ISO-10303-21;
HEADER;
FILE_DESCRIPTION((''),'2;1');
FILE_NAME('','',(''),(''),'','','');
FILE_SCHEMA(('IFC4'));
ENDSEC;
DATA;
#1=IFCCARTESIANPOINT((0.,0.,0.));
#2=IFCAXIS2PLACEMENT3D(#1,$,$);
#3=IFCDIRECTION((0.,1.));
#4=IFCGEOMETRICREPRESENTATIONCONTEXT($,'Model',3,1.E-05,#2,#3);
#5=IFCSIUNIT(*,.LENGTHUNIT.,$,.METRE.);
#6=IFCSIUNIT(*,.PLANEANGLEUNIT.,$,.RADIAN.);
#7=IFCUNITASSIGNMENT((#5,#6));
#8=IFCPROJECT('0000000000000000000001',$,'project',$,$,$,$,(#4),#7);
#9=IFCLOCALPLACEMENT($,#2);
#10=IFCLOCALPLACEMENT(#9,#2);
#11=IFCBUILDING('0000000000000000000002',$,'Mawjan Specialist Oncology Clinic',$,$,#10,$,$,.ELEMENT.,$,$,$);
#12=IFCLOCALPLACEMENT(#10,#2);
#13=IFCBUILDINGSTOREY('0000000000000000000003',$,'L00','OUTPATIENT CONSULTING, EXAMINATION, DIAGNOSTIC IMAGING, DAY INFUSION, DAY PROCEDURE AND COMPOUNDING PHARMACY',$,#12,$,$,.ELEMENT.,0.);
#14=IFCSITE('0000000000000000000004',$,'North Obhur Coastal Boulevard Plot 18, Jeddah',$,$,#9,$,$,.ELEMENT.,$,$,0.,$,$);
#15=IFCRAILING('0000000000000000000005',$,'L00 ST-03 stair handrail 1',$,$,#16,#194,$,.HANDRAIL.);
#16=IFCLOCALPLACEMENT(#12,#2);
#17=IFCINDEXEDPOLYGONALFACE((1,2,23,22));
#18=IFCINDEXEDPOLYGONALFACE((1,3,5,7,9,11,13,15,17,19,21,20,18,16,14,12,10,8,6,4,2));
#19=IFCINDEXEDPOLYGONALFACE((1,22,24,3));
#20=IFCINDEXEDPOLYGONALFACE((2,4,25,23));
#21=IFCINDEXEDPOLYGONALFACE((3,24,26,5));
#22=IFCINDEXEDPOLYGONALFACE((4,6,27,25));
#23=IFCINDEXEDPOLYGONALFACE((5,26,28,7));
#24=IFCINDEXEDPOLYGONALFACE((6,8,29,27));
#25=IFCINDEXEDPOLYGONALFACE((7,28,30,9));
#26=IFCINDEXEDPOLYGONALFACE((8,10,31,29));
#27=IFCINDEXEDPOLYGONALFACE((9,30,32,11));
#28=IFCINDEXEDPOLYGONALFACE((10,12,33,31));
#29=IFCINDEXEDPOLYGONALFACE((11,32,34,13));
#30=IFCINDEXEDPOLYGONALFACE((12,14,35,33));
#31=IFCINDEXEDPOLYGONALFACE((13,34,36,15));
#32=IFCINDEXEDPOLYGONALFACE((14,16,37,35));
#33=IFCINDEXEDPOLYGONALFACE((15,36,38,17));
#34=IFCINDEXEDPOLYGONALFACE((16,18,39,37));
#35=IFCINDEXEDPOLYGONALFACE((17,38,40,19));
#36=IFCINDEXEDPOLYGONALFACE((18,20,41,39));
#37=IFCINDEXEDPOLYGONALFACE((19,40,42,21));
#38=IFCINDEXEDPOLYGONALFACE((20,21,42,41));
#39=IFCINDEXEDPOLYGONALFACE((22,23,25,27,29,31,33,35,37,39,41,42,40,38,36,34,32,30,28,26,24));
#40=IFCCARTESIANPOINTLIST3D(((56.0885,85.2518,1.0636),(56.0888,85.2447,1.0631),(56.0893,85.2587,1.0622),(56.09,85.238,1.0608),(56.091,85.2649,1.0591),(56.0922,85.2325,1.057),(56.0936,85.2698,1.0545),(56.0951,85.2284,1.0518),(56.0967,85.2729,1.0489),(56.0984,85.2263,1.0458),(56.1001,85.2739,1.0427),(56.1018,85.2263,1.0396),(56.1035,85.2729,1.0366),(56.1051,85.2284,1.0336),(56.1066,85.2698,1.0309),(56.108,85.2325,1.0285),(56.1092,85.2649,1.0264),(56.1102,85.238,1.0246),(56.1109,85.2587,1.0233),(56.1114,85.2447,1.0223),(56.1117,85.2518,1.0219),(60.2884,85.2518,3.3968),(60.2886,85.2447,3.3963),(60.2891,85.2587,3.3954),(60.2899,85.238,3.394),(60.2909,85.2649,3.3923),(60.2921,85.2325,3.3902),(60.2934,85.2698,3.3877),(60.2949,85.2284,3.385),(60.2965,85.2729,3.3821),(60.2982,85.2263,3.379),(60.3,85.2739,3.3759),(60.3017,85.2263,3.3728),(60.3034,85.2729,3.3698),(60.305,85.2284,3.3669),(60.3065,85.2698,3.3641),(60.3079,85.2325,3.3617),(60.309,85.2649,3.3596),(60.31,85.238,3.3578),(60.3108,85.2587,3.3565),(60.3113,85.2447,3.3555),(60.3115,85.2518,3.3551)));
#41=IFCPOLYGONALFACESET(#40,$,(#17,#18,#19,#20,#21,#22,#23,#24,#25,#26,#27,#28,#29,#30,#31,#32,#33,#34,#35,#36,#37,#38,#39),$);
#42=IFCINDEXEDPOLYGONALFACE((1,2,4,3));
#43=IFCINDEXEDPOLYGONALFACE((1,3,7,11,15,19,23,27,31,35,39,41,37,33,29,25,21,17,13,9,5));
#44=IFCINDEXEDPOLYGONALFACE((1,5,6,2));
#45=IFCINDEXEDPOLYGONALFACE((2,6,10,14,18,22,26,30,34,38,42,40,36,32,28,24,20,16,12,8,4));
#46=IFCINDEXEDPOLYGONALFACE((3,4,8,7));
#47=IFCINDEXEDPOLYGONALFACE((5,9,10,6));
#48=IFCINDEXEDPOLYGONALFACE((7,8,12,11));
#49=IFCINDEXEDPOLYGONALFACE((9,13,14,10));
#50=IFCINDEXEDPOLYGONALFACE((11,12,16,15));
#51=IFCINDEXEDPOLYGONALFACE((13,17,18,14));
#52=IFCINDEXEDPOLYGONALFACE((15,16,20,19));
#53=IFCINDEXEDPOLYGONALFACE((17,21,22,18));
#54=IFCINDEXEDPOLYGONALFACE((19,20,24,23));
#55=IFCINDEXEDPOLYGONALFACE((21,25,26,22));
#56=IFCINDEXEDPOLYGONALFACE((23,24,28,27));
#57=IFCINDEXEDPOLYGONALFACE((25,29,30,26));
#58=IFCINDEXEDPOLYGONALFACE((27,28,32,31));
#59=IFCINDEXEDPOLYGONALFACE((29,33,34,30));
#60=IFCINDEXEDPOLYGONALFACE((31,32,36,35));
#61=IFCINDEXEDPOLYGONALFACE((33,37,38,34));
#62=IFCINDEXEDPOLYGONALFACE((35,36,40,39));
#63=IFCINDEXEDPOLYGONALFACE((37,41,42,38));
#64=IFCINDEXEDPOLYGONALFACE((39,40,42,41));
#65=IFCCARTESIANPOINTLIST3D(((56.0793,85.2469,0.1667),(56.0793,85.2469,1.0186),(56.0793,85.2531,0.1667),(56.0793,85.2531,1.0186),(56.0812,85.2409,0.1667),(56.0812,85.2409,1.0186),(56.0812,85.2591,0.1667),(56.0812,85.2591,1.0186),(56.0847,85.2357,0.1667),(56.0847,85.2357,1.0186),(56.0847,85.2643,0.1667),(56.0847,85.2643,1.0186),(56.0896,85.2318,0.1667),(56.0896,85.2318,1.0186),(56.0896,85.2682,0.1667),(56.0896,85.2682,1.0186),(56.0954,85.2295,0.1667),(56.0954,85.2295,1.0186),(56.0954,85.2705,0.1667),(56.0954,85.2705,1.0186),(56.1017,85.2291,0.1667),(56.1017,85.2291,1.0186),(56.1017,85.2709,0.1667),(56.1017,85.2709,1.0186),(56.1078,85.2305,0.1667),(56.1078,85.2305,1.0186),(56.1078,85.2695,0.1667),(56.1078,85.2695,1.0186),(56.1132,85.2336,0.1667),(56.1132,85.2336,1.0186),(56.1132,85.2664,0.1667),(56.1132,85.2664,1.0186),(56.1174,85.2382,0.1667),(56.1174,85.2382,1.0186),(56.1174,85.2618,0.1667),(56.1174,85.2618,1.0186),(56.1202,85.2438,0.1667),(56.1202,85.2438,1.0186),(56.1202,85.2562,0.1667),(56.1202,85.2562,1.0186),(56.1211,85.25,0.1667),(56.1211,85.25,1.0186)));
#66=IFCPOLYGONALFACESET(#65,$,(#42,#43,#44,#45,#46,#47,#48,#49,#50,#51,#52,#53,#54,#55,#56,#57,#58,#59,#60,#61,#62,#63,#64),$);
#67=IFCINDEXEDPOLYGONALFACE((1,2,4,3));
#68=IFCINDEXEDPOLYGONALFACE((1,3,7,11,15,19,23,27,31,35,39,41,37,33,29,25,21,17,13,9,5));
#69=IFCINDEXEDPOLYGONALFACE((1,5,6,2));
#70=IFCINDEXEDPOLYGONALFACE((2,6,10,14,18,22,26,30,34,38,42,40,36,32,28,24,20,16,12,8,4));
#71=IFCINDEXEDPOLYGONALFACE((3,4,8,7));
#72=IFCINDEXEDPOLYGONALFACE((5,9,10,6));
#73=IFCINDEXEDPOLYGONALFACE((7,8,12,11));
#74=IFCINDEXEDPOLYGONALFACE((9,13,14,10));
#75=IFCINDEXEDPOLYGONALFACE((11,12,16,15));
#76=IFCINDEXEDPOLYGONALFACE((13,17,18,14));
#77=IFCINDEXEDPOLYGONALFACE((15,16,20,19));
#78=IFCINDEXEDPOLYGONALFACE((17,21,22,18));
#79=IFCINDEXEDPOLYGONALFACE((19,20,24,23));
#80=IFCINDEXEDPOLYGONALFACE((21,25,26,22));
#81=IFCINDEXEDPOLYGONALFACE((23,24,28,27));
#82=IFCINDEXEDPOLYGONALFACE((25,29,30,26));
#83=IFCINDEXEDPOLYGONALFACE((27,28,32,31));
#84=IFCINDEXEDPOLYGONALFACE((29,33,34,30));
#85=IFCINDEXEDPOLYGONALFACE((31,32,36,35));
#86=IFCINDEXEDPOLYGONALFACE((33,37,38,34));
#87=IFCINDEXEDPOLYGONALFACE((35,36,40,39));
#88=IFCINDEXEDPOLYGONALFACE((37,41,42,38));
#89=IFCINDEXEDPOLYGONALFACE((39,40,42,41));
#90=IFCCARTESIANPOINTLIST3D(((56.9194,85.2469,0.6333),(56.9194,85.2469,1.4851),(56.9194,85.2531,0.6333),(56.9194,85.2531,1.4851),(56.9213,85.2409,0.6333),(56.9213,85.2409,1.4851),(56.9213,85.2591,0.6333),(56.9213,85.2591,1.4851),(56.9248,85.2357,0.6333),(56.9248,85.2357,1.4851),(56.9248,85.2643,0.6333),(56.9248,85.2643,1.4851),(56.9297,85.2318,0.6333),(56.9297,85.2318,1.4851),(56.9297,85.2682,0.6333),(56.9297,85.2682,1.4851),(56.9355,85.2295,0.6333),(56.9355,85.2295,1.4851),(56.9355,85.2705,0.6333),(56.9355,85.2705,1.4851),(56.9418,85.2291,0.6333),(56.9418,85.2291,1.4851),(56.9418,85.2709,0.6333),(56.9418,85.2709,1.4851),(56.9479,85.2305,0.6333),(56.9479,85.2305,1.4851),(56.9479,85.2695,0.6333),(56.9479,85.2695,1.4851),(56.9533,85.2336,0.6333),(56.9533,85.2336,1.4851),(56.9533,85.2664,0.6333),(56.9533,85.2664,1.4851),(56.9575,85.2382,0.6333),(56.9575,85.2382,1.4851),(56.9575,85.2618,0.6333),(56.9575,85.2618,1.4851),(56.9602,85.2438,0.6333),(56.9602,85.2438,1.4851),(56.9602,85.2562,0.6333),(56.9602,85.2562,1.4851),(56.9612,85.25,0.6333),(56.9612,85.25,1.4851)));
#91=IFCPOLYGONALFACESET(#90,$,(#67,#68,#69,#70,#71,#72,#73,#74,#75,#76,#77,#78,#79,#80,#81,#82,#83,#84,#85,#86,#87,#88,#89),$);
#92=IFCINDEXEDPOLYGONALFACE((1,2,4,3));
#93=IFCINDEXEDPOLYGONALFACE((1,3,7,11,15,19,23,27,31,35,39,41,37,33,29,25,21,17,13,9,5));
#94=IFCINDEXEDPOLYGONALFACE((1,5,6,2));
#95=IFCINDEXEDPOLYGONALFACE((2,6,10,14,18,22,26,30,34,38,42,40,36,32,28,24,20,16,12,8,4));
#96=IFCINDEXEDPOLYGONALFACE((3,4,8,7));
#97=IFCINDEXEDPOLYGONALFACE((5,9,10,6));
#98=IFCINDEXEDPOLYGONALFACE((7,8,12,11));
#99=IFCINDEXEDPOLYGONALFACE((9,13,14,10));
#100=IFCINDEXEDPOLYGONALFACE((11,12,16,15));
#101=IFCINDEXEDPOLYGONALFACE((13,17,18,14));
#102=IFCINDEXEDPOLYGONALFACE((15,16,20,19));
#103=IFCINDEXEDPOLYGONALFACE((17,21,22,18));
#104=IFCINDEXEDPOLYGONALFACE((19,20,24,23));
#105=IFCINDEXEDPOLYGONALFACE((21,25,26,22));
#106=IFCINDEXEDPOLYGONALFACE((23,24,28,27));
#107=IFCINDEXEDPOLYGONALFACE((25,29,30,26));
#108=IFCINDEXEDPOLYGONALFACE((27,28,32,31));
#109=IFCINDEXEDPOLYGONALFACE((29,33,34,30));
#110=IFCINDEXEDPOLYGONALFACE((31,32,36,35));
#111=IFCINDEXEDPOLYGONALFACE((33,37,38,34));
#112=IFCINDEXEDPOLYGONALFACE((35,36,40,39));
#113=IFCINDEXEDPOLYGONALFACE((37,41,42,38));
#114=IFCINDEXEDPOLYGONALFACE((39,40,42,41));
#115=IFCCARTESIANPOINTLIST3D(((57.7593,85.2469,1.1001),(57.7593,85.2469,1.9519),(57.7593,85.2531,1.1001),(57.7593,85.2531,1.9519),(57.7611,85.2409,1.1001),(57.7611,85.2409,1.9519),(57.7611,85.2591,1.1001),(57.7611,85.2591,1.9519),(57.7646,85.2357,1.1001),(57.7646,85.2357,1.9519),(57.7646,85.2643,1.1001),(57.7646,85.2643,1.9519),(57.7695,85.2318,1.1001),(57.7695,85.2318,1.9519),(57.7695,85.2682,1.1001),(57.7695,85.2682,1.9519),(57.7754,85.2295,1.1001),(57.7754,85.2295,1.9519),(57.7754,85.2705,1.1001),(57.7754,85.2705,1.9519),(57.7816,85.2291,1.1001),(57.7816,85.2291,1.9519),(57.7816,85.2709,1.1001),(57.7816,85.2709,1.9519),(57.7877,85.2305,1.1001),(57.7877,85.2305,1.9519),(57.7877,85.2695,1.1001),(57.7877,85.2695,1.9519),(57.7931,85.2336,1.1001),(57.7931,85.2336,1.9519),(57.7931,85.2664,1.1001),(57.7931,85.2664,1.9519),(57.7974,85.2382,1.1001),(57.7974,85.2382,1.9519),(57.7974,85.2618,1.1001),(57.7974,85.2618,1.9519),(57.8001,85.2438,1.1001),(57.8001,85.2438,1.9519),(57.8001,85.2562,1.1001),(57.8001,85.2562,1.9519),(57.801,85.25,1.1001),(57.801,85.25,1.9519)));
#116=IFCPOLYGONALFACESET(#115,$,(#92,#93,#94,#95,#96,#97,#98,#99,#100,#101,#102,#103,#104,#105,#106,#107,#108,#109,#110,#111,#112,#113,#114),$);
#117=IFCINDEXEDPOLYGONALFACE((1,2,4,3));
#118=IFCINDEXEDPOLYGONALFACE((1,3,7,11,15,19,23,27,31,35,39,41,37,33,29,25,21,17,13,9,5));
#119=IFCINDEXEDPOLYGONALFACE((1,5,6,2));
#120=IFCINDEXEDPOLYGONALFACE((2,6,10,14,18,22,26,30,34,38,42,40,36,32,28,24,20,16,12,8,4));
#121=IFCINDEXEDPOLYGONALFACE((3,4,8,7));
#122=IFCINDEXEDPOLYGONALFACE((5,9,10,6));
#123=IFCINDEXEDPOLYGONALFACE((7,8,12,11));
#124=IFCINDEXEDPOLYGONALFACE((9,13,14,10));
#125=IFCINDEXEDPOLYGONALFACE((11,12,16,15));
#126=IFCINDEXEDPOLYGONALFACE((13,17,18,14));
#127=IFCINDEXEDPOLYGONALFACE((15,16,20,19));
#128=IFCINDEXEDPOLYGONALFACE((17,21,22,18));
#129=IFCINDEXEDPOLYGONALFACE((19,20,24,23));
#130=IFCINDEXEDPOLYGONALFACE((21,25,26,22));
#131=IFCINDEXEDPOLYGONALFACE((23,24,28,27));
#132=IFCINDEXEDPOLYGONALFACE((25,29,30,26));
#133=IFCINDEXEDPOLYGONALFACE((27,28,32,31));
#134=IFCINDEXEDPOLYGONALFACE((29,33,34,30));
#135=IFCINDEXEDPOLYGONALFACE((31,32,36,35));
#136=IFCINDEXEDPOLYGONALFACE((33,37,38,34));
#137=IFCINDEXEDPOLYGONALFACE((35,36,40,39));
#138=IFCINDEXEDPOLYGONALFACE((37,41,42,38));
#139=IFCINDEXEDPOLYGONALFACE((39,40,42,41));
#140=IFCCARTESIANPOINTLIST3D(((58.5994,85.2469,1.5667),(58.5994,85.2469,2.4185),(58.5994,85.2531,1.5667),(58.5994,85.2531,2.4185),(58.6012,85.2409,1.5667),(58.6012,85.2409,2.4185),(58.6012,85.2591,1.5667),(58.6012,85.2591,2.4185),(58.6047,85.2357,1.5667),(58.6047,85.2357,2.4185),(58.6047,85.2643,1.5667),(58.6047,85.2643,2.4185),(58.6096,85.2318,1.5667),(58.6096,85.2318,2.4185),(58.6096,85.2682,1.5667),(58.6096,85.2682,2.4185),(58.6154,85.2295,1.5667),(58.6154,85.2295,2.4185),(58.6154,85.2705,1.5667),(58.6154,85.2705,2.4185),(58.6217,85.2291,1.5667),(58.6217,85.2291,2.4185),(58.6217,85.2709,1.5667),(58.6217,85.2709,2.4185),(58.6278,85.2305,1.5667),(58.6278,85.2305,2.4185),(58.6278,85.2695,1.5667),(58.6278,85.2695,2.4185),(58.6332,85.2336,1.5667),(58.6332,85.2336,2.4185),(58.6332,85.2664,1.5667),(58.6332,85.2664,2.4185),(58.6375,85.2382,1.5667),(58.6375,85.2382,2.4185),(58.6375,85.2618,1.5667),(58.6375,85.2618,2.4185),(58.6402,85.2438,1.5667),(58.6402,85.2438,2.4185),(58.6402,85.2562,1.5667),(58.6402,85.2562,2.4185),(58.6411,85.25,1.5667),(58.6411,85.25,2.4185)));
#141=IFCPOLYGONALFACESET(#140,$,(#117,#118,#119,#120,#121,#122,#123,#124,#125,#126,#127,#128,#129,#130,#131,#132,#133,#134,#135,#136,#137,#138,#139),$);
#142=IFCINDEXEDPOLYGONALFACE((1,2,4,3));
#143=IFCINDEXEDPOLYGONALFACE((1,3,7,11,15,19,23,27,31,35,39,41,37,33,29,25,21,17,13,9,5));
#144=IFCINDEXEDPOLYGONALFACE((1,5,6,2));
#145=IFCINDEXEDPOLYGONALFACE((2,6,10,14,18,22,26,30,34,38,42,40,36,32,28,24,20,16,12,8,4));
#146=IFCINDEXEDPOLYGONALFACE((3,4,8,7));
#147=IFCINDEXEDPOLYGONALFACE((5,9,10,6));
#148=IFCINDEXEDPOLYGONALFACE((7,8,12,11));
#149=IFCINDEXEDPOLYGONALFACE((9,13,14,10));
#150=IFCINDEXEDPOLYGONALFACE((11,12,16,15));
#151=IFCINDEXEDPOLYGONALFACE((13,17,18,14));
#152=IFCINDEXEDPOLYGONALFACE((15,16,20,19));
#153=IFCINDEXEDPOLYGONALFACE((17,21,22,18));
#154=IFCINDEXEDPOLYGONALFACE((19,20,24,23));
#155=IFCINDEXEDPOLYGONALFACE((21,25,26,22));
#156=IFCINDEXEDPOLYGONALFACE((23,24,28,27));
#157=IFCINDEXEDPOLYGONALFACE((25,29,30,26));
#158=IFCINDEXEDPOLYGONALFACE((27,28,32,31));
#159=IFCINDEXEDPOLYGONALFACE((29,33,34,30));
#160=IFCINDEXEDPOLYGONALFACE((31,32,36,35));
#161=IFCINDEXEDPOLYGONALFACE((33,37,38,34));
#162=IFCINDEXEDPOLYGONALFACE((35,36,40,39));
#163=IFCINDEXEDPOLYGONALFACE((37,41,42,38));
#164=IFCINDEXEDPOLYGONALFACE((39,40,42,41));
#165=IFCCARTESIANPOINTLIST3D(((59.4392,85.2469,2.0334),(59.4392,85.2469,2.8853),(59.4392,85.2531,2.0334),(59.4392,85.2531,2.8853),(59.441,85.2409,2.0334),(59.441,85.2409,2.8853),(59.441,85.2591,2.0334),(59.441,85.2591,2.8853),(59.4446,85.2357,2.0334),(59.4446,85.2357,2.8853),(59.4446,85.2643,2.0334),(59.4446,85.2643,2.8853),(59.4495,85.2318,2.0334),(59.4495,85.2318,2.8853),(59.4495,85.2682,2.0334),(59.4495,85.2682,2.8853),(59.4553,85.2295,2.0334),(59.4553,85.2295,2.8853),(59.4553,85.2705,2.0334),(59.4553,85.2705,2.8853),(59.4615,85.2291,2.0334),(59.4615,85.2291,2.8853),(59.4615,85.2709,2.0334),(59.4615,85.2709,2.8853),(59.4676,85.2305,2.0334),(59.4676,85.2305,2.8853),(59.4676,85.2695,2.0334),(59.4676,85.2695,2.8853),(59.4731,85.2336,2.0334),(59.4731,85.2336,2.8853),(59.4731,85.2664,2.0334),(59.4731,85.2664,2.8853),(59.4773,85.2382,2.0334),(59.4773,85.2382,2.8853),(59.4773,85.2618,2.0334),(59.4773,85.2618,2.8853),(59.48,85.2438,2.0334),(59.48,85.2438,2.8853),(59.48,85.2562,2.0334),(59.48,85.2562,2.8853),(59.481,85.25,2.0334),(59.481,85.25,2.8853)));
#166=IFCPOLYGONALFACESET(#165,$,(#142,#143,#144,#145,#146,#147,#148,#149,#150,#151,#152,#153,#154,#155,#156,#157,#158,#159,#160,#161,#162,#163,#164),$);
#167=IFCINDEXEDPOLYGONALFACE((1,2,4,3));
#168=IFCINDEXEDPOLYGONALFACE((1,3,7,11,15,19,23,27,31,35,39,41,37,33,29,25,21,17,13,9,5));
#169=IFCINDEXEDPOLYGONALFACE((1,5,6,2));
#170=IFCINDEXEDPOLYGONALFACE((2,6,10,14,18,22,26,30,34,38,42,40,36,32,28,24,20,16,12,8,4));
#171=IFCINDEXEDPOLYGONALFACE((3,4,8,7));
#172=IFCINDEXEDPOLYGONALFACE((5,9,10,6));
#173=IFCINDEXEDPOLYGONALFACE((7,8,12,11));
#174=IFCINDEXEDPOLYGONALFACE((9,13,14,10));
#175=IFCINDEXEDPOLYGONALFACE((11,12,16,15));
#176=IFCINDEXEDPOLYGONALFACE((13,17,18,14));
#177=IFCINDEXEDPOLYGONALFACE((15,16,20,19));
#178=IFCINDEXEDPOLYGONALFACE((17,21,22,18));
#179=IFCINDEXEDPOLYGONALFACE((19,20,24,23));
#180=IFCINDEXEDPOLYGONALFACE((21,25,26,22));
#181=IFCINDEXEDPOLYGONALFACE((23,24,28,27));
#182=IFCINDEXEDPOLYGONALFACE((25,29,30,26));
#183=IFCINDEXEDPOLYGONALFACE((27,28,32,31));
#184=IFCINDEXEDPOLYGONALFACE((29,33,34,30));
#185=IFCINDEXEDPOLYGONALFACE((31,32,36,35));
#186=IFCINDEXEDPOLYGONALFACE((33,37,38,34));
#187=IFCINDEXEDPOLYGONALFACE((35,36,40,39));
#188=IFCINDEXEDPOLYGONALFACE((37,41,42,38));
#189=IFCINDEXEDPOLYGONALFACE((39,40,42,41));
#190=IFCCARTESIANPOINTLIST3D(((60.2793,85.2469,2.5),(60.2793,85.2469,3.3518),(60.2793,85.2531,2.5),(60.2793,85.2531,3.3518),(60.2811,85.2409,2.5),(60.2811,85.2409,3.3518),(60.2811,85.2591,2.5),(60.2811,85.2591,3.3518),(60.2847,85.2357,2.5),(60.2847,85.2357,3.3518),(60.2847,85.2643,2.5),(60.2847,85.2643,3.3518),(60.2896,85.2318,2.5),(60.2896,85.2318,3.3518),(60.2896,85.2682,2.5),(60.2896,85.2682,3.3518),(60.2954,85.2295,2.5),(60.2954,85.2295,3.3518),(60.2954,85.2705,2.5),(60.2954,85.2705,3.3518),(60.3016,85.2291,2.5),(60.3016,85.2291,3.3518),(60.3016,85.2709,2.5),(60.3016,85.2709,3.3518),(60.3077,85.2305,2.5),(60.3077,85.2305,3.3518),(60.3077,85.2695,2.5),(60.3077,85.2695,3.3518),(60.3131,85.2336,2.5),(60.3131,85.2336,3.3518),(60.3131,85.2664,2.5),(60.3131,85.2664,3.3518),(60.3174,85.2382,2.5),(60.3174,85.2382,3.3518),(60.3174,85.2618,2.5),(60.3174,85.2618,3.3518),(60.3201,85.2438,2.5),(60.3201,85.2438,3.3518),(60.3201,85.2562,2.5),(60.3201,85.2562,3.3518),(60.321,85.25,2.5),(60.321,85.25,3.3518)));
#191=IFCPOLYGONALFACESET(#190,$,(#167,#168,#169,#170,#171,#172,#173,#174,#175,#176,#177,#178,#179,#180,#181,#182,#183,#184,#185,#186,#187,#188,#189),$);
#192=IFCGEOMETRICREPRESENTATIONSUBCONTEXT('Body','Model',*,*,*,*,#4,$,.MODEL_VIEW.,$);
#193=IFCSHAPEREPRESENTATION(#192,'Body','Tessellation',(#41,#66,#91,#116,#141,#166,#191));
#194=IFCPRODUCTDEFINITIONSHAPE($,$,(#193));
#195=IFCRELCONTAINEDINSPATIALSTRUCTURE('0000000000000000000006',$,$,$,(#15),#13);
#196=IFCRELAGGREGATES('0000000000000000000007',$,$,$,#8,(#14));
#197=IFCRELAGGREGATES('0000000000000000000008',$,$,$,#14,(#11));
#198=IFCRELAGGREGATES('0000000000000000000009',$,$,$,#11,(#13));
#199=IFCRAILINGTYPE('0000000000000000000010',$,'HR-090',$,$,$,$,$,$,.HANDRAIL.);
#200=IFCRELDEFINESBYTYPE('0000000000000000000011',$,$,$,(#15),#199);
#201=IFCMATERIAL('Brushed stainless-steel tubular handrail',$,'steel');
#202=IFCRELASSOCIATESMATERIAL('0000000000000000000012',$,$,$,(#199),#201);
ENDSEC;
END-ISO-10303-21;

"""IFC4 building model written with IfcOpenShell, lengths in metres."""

from ifc_helpers import new_model, si_unit, direction, frame, origin, origin_2d, place, context, subcontext, project, spatial, circle, extrude, material, type_object, element, save


model = new_model("IFC4")

# Units and contexts
model_context = context("Model", 3, precision=1e-05, world=origin(), true_north=direction((0.0, 1.0)))
body_context = subcontext(model_context, "Body", "Model", "MODEL_VIEW")
ifc_project = project(units=[si_unit("LENGTHUNIT", "METRE"), si_unit("PLANEANGLEUNIT", "RADIAN")], contexts=[model_context])

# Site, building, storey
site_placement = place(None, origin())
site = spatial("IfcSite", under=ifc_project, at=site_placement, Name="North Obhur Coastal Boulevard Plot 18, Jeddah", CompositionType="ELEMENT", RefElevation=0.0)
building_placement = place(site_placement, origin())
building = spatial("IfcBuilding", under=site, at=building_placement, Name="Mawjan Specialist Oncology Clinic", CompositionType="ELEMENT")
storey_placement = place(building_placement, origin())
storey = spatial("IfcBuildingStorey", under=building, at=storey_placement, Name="L00", Description="OUTPATIENT CONSULTING, EXAMINATION, DIAGNOSTIC IMAGING, DAY INFUSION, DAY PROCEDURE AND COMPOUNDING PHARMACY", CompositionType="ELEMENT", Elevation=0.0)

# Railing
ifc_material_1 = material(Name="Brushed stainless-steel tubular handrail", Category="steel")
railing_type_1 = type_object("IfcRailingType", Name="HR-090", PredefinedType="HANDRAIL", material=ifc_material_1)
railing_1_placement = place(storey_placement, frame((56.1001, 85.25, 0.1667)))
element("IfcRailing", 1, at=railing_1_placement, inside=storey, type_object=railing_type_1, Name="L00 ST-03 stair handrail 1", PredefinedType="HANDRAIL", context=body_context, shape_type="SweptSolid", body=[
    extrude(circle(Radius=0.0239, at=origin_2d()), frame((0.0, 0.0, 0.876), z_axis=(0.874162, 0.0, 0.485634), x_axis=(0.0, 1.0, 0.0)), (0.0, 0.0, 1.0), 4.8044),
    extrude(circle(Radius=0.021, at=origin_2d()), origin(), (0.0, 0.0, 1.0), 0.8518),
    extrude(circle(Radius=0.021, at=origin_2d()), frame((0.8401, 0.0, 0.4666)), (0.0, 0.0, 1.0), 0.8518),
    extrude(circle(Radius=0.021, at=origin_2d()), frame((1.6799, 0.0, 0.9333)), (0.0, 0.0, 1.0), 0.8518),
    extrude(circle(Radius=0.021, at=origin_2d()), frame((2.52, 0.0, 1.3999)), (0.0, 0.0, 1.0), 0.8518),
    extrude(circle(Radius=0.021, at=origin_2d()), frame((3.3599, 0.0, 1.8667)), (0.0, 0.0, 1.0), 0.8518),
    extrude(circle(Radius=0.021, at=origin_2d()), frame((4.2, 0.0, 2.3333)), (0.0, 0.0, 1.0), 0.8518),
])

save(model, "model.ifc")
